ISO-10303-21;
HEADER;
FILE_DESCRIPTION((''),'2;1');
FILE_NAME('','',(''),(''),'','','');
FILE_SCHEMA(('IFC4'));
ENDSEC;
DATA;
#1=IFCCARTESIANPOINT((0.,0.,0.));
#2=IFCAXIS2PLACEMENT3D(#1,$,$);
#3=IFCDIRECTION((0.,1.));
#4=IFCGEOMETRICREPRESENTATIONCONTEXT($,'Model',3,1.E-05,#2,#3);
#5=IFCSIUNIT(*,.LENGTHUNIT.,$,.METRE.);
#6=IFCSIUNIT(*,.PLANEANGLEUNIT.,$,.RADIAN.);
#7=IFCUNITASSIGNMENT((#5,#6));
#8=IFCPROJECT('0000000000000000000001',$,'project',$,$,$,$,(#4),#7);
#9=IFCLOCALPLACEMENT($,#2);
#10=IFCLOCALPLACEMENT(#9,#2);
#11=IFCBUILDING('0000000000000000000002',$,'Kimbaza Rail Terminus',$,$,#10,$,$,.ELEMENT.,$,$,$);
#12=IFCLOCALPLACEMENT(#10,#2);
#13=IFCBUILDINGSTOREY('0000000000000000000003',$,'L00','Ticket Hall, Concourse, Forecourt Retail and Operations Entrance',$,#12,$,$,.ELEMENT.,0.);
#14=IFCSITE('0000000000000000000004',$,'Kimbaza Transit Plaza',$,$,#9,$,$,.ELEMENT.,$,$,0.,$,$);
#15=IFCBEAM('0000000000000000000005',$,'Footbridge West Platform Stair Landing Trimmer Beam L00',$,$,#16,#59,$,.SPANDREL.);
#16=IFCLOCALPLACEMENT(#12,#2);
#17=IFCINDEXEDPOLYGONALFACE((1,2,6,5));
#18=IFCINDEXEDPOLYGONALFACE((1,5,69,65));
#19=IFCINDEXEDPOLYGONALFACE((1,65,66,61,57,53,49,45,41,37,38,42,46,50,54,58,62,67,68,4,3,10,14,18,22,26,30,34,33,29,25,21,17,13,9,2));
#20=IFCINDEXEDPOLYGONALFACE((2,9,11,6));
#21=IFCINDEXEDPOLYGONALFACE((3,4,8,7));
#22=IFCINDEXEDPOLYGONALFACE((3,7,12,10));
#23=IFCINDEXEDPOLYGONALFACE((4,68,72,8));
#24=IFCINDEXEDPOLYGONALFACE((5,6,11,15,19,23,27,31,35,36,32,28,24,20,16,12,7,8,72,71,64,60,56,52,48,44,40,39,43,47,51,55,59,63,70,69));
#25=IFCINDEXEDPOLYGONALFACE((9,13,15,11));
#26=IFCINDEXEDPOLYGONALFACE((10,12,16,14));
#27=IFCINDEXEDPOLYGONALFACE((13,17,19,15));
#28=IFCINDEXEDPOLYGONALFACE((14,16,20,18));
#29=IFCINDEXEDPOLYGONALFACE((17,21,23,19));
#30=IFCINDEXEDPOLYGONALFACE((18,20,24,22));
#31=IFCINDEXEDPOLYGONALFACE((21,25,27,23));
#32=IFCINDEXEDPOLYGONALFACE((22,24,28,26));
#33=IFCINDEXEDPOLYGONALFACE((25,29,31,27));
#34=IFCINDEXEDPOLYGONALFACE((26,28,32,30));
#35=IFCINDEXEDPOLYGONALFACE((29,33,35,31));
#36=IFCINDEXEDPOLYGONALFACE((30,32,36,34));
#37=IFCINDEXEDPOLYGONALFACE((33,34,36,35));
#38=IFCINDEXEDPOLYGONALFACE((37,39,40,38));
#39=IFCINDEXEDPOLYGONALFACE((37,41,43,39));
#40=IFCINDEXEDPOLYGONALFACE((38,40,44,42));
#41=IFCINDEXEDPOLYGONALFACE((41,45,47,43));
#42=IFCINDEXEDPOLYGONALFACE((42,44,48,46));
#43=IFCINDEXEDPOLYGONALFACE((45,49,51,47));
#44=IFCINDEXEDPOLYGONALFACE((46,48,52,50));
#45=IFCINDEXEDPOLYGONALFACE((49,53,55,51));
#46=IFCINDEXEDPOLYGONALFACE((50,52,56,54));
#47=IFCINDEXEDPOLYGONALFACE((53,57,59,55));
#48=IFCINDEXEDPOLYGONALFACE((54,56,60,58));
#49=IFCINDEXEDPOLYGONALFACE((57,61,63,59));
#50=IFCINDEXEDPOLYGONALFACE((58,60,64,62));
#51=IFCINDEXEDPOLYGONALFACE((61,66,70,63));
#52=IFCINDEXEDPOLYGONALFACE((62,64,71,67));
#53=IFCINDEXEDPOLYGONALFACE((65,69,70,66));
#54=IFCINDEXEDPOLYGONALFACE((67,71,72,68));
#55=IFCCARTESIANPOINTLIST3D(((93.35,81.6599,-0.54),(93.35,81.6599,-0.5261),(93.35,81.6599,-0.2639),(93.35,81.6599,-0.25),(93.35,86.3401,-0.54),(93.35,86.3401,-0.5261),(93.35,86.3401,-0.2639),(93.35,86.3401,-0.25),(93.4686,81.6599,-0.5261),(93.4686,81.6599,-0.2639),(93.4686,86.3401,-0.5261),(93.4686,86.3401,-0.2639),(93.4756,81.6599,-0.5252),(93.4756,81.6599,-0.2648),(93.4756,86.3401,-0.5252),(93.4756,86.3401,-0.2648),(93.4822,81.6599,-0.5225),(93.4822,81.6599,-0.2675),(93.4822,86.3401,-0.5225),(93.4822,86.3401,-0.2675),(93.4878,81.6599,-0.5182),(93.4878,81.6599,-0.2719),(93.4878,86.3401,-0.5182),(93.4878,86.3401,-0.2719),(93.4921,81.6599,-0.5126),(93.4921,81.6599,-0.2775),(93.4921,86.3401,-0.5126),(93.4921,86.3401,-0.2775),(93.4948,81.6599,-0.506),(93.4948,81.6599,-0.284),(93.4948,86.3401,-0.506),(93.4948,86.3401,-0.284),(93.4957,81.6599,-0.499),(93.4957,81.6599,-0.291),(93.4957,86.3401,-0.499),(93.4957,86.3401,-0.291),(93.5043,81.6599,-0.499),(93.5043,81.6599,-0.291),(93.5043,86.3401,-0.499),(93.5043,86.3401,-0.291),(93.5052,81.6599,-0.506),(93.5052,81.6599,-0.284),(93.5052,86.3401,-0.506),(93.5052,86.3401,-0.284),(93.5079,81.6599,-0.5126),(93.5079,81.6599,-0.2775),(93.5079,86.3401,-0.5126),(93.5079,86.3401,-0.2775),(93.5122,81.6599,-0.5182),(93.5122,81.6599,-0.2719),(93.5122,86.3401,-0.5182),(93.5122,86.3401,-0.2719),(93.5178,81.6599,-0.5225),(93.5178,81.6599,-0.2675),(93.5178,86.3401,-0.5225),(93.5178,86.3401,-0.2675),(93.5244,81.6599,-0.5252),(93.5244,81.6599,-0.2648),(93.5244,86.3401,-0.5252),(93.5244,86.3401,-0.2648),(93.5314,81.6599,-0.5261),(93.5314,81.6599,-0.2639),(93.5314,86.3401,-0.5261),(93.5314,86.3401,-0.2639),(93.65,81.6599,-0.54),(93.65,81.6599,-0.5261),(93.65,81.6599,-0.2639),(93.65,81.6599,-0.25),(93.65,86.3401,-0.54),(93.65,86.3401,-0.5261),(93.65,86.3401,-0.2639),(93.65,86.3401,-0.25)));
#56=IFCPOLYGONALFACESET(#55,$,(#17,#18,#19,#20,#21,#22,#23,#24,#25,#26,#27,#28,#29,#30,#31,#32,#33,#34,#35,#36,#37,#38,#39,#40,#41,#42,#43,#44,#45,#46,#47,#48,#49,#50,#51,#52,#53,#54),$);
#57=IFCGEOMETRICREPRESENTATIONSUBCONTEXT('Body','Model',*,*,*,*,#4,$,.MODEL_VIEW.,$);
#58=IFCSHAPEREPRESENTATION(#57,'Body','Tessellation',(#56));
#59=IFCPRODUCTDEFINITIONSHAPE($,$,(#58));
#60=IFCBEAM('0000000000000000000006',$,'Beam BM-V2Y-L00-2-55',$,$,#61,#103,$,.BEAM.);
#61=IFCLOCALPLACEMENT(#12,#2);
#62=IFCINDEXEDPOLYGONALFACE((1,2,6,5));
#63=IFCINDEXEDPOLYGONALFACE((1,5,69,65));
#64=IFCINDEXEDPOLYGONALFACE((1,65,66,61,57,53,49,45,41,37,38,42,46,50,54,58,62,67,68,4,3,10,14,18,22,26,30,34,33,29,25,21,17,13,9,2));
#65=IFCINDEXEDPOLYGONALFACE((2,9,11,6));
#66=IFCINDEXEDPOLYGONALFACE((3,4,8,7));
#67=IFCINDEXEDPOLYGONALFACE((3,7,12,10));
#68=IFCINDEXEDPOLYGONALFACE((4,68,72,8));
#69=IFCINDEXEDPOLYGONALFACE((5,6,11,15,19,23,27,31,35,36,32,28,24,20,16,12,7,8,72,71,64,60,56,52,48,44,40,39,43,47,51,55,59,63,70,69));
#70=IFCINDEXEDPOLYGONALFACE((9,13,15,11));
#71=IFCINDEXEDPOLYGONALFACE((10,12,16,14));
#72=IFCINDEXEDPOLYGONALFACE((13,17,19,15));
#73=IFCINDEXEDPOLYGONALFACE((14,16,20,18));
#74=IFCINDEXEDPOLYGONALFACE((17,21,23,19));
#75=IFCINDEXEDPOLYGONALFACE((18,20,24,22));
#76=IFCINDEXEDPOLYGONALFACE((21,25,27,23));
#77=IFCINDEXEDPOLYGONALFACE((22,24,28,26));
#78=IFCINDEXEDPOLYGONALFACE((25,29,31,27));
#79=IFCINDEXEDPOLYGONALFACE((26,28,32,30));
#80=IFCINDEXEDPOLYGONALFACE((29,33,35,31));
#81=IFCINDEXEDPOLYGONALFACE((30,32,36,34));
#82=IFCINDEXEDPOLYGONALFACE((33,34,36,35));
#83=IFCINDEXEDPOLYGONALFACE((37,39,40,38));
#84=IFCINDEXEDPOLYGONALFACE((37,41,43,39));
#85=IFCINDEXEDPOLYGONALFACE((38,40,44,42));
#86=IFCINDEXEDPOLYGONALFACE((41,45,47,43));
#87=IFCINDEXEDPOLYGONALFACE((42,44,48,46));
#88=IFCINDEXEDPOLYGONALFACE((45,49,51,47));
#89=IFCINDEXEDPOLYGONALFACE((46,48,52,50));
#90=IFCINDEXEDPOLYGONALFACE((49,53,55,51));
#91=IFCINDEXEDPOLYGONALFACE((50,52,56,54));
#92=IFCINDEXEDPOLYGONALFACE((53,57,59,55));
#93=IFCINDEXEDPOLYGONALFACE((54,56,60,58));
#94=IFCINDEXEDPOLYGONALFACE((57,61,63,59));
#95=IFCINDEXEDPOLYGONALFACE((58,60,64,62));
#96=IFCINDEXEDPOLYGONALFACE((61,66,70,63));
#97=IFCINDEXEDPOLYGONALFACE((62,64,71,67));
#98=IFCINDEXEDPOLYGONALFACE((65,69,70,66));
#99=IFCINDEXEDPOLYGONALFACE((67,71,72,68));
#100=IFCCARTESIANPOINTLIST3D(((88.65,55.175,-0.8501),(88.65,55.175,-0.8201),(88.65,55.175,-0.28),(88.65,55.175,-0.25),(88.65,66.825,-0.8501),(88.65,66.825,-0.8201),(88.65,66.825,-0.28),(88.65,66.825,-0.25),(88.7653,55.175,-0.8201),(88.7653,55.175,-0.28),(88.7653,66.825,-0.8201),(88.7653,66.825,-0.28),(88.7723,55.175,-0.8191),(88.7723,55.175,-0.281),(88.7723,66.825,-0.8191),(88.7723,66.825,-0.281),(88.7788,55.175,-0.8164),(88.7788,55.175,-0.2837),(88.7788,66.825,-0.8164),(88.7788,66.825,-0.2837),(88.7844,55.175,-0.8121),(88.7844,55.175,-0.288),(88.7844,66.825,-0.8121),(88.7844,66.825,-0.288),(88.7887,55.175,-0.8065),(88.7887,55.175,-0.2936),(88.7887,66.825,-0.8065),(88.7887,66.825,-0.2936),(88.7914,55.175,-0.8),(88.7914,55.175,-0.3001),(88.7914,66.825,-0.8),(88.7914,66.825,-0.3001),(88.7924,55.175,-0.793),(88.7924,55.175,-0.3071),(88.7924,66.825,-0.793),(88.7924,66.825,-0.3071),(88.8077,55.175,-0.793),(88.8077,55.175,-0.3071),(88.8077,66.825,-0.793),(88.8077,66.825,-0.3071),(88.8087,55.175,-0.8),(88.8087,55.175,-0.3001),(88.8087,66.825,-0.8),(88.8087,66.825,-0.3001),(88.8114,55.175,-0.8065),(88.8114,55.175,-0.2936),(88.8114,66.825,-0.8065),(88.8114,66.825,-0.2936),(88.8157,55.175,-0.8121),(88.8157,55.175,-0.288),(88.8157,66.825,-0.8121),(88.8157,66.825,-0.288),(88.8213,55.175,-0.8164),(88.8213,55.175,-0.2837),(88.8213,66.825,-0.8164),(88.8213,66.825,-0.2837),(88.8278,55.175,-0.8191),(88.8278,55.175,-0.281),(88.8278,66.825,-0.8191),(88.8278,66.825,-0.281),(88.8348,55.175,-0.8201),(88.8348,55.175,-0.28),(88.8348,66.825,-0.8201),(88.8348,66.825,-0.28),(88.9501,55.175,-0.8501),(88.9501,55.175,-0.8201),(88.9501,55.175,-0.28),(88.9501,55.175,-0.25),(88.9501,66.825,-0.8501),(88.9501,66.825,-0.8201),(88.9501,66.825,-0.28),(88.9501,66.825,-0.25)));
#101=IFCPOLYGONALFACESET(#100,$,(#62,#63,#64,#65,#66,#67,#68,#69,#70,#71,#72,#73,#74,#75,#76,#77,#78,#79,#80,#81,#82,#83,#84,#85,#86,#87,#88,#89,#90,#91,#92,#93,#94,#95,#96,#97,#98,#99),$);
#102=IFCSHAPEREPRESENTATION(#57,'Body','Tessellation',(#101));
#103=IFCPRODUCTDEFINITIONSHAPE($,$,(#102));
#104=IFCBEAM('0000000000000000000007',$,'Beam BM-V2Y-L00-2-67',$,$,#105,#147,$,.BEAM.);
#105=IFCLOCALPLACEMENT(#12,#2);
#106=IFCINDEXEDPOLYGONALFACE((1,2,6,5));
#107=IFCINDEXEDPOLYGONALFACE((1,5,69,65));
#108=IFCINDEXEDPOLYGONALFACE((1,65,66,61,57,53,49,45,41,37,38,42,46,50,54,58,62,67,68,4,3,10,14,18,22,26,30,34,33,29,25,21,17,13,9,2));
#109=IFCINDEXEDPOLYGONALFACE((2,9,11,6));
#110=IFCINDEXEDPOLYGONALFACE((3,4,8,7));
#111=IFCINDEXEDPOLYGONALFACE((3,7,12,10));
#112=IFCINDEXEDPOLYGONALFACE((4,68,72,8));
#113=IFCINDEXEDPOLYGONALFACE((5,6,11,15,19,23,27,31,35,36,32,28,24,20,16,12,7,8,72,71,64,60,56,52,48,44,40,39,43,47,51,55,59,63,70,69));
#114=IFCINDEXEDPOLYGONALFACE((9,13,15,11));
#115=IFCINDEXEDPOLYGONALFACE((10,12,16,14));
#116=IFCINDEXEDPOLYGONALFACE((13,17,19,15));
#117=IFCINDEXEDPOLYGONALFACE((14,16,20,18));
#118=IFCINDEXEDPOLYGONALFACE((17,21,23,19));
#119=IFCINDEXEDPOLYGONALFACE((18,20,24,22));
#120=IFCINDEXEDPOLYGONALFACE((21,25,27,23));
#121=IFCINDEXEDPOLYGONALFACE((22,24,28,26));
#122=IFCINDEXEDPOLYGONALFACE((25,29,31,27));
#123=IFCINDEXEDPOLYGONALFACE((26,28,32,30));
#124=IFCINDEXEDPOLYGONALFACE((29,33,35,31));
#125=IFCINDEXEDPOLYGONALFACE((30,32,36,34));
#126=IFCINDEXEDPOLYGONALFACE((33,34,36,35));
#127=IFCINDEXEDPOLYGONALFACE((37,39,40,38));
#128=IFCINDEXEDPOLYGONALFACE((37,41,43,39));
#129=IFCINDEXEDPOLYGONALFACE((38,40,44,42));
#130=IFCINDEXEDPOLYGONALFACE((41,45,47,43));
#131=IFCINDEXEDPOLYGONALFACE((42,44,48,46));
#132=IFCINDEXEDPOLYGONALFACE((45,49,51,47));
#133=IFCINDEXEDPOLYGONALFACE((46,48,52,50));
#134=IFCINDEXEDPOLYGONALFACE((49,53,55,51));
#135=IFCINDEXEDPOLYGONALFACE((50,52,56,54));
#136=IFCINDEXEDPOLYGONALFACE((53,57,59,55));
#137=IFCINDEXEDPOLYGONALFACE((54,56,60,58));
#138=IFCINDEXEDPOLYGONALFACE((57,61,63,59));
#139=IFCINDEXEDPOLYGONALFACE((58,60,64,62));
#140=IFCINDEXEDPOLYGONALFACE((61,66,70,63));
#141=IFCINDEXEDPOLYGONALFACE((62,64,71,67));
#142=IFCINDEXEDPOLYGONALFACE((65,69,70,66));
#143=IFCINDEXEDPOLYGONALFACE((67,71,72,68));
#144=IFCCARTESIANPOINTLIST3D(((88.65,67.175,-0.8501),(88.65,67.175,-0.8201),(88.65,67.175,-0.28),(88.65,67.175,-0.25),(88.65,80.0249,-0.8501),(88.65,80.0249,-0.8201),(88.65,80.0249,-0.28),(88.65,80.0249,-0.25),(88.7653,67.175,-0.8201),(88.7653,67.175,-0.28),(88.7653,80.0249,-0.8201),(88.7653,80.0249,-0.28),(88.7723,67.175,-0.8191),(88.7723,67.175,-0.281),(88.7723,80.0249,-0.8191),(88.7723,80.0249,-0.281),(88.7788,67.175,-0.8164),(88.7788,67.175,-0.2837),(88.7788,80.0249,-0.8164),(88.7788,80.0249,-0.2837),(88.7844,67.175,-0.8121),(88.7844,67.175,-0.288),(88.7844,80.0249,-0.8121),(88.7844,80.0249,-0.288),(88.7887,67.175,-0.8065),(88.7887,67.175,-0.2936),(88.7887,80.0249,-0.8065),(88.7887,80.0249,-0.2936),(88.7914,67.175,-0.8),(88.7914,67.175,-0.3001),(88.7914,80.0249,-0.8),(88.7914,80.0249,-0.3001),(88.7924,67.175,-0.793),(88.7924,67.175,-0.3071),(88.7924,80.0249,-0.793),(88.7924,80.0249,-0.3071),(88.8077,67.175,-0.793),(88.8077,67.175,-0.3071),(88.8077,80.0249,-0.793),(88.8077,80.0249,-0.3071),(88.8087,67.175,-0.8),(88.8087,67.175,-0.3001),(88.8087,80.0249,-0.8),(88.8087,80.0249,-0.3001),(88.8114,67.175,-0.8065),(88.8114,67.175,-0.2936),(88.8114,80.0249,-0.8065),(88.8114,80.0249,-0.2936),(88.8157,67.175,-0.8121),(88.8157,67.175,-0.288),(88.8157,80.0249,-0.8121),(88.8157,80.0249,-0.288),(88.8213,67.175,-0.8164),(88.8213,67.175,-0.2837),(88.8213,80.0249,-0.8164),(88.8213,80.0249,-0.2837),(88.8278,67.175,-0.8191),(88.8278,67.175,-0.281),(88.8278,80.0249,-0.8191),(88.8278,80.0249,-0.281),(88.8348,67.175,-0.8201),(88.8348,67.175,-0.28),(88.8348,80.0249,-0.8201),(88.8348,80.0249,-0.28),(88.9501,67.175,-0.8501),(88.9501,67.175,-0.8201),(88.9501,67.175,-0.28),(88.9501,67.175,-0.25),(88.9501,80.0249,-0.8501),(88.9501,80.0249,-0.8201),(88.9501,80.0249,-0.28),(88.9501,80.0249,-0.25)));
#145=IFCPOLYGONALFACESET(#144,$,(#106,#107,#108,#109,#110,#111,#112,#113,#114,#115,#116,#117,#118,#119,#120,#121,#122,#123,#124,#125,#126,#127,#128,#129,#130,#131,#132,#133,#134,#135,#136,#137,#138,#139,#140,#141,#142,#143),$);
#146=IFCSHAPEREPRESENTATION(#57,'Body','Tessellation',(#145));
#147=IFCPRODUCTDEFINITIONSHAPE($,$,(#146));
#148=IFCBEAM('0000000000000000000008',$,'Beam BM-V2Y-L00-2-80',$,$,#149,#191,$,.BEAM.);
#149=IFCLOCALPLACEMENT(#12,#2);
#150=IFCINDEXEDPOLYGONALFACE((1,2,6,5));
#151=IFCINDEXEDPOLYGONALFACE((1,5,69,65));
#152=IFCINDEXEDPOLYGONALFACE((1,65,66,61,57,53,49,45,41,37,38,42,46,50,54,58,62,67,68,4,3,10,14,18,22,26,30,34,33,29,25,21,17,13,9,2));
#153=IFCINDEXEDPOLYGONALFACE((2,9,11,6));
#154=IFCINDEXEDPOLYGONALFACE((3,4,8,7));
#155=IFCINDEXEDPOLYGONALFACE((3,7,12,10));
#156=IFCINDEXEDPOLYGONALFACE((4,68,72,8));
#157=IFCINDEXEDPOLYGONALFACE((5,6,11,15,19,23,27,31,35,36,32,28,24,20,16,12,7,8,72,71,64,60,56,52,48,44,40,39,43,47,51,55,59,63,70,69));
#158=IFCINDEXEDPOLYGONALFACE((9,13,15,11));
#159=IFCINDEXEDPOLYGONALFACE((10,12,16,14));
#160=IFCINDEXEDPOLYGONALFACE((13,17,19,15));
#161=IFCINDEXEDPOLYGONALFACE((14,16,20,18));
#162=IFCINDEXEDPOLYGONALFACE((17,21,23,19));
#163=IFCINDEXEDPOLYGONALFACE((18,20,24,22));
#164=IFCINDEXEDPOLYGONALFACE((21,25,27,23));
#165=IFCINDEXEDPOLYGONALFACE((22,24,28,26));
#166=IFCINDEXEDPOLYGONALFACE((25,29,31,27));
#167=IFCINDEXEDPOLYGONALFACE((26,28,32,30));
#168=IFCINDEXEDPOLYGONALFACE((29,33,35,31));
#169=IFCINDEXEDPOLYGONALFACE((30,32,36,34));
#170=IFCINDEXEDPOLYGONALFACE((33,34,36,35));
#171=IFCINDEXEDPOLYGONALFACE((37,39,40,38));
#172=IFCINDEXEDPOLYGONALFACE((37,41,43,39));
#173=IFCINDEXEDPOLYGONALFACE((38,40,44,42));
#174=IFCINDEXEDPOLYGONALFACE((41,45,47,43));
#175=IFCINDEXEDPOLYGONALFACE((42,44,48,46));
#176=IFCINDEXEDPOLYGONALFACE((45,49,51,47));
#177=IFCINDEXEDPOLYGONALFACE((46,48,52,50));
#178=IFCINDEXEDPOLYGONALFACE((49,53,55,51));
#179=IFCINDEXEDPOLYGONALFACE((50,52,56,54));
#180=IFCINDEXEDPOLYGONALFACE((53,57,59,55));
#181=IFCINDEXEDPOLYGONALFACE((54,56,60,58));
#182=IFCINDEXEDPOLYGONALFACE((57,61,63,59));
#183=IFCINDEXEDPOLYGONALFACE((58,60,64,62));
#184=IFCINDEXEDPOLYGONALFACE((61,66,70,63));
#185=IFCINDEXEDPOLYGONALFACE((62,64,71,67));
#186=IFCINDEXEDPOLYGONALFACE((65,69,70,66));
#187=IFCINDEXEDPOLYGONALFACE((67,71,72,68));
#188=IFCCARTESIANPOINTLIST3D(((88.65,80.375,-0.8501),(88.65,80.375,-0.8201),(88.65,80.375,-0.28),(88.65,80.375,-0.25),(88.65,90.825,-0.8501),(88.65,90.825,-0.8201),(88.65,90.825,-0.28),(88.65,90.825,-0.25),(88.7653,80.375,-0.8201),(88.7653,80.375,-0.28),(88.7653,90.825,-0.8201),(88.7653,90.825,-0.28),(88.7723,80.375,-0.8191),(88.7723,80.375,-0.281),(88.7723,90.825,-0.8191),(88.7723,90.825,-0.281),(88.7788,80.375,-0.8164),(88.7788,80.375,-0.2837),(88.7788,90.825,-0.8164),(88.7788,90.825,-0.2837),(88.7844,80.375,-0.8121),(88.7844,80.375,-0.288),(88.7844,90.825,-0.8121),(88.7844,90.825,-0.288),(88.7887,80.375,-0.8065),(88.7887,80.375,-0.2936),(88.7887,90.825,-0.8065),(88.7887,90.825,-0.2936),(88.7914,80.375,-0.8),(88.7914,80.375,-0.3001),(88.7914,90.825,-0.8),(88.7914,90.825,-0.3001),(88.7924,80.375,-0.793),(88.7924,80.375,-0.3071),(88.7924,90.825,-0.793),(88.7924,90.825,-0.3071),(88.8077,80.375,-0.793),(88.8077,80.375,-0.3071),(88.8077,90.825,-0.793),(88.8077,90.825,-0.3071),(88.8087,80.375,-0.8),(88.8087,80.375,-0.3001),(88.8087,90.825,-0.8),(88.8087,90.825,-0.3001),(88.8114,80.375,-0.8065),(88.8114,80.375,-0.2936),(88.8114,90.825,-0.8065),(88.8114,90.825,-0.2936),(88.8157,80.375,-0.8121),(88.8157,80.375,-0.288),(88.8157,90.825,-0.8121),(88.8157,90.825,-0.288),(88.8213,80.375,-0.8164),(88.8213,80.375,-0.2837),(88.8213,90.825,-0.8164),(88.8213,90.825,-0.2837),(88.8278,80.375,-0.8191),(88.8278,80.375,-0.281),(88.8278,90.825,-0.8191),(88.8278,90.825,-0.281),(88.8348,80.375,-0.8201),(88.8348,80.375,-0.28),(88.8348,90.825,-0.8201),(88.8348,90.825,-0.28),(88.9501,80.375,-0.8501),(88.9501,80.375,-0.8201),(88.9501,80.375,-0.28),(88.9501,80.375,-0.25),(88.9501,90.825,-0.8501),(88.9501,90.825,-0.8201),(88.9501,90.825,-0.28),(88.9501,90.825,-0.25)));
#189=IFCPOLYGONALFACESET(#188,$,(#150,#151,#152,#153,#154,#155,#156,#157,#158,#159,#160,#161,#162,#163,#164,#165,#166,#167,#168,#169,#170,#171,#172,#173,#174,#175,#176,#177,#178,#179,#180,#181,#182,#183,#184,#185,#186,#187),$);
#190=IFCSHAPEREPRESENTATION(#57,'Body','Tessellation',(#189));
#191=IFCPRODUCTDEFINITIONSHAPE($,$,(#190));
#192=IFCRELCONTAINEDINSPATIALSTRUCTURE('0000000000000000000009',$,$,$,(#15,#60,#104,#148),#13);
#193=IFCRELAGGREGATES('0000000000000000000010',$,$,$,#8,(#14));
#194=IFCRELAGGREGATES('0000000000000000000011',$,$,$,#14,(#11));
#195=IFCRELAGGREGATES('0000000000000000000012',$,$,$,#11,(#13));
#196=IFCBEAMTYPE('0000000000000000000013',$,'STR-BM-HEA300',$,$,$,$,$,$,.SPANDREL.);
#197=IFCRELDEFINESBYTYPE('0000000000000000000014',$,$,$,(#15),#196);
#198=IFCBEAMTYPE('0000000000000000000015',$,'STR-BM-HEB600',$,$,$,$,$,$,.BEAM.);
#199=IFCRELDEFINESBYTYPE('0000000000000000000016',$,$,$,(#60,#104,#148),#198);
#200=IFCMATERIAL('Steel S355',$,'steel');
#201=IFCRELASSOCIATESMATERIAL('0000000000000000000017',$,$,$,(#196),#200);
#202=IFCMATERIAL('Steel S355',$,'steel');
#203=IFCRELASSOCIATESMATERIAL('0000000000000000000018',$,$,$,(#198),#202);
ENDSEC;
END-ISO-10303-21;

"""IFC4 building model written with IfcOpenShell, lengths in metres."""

from ifc_helpers import new_model, si_unit, direction, frame, origin, origin_2d, place, context, subcontext, project, spatial, i_section, extrude, material, material_profile, profile_set, type_object, element, save


model = new_model("IFC4")

# Units and contexts
model_context = context("Model", 3, precision=1e-05, world=origin(), true_north=direction((0.0, 1.0)))
body_context = subcontext(model_context, "Body", "Model", "MODEL_VIEW")
ifc_project = project(units=[si_unit("LENGTHUNIT", "METRE"), si_unit("PLANEANGLEUNIT", "RADIAN")], contexts=[model_context])

# Site, building, storey
site_placement = place(None, origin())
site = spatial("IfcSite", under=ifc_project, at=site_placement, Name="Kimbaza Transit Plaza", CompositionType="ELEMENT", RefElevation=0.0)
building_placement = place(site_placement, origin())
building = spatial("IfcBuilding", under=site, at=building_placement, Name="Kimbaza Rail Terminus", CompositionType="ELEMENT")
storey_placement = place(building_placement, origin())
storey = spatial("IfcBuildingStorey", under=building, at=storey_placement, Name="L00", Description="Ticket Hall, Concourse, Forecourt Retail and Operations Entrance", CompositionType="ELEMENT", Elevation=0.0)

# Beams
ifc_material_1 = material(Name="Steel S355", Category="steel")
ifc_material_profile_1 = material_profile(ifc_material_1, i_section(OverallWidth=0.3, OverallDepth=0.29, WebThickness=0.0085, FlangeThickness=0.0139, FilletRadius=0.0271, at=origin_2d()), Name="HEA 300")
ifc_profile_set_1 = profile_set([ifc_material_profile_1], Name="Steel S355")
beam_type_1 = type_object("IfcBeamType", Name="STR-BM-HEA300", PredefinedType="SPANDREL", material=ifc_profile_set_1)
beam_1_placement = place(storey_placement, frame((93.5, 81.6599, -0.395), z_axis=(0.0, 1.0, 0.0), x_axis=(-1.0, 0.0, 0.0)))
element("IfcBeam", 1, at=beam_1_placement, inside=storey, type_object=beam_type_1, Name="Footbridge West Platform Stair Landing Trimmer Beam L00", PredefinedType="SPANDREL", context=body_context, shape_type="SweptSolid", body=[
    extrude(i_section(OverallWidth=0.3, OverallDepth=0.29, WebThickness=0.0085, FlangeThickness=0.0139, FilletRadius=0.0271, at=origin_2d()), origin(), (0.0, 0.0, 1.0), 4.6802),
])
ifc_material_2 = material(Name="Steel S355", Category="steel")
ifc_material_profile_2 = material_profile(ifc_material_2, i_section(OverallWidth=0.3, OverallDepth=0.6001, WebThickness=0.0154, FlangeThickness=0.03, FilletRadius=0.0271, at=origin_2d()), Name="HEB 600")
ifc_profile_set_2 = profile_set([ifc_material_profile_2], Name="Steel S355")
beam_type_2 = type_object("IfcBeamType", Name="STR-BM-HEB600", PredefinedType="BEAM", material=ifc_profile_set_2)
beam_2_placement = place(storey_placement, frame((88.8, 55.175, -0.55), z_axis=(0.0, 1.0, 0.0), x_axis=(-1.0, 0.0, 0.0)))
element("IfcBeam", 2, at=beam_2_placement, inside=storey, type_object=beam_type_2, Name="Beam BM-V2Y-L00-2-55", PredefinedType="BEAM", context=body_context, shape_type="SweptSolid", body=[
    extrude(i_section(OverallWidth=0.3, OverallDepth=0.6001, WebThickness=0.0154, FlangeThickness=0.03, FilletRadius=0.0271, at=origin_2d()), origin(), (0.0, 0.0, 1.0), 11.6499),
])
beam_3_placement = place(storey_placement, frame((88.8, 67.175, -0.55), z_axis=(0.0, 1.0, 0.0), x_axis=(-1.0, 0.0, 0.0)))
element("IfcBeam", 3, at=beam_3_placement, inside=storey, type_object=beam_type_2, Name="Beam BM-V2Y-L00-2-67", PredefinedType="BEAM", context=body_context, shape_type="SweptSolid", body=[
    extrude(i_section(OverallWidth=0.3, OverallDepth=0.6001, WebThickness=0.0154, FlangeThickness=0.03, FilletRadius=0.0271, at=origin_2d()), origin(), (0.0, 0.0, 1.0), 12.8499),
])
beam_4_placement = place(storey_placement, frame((88.8, 80.375, -0.55), z_axis=(0.0, 1.0, 0.0), x_axis=(-1.0, 0.0, 0.0)))
element("IfcBeam", 4, at=beam_4_placement, inside=storey, type_object=beam_type_2, Name="Beam BM-V2Y-L00-2-80", PredefinedType="BEAM", context=body_context, shape_type="SweptSolid", body=[
    extrude(i_section(OverallWidth=0.3, OverallDepth=0.6001, WebThickness=0.0154, FlangeThickness=0.03, FilletRadius=0.0271, at=origin_2d()), origin(), (0.0, 0.0, 1.0), 10.45),
])

save(model, "model.ifc")
